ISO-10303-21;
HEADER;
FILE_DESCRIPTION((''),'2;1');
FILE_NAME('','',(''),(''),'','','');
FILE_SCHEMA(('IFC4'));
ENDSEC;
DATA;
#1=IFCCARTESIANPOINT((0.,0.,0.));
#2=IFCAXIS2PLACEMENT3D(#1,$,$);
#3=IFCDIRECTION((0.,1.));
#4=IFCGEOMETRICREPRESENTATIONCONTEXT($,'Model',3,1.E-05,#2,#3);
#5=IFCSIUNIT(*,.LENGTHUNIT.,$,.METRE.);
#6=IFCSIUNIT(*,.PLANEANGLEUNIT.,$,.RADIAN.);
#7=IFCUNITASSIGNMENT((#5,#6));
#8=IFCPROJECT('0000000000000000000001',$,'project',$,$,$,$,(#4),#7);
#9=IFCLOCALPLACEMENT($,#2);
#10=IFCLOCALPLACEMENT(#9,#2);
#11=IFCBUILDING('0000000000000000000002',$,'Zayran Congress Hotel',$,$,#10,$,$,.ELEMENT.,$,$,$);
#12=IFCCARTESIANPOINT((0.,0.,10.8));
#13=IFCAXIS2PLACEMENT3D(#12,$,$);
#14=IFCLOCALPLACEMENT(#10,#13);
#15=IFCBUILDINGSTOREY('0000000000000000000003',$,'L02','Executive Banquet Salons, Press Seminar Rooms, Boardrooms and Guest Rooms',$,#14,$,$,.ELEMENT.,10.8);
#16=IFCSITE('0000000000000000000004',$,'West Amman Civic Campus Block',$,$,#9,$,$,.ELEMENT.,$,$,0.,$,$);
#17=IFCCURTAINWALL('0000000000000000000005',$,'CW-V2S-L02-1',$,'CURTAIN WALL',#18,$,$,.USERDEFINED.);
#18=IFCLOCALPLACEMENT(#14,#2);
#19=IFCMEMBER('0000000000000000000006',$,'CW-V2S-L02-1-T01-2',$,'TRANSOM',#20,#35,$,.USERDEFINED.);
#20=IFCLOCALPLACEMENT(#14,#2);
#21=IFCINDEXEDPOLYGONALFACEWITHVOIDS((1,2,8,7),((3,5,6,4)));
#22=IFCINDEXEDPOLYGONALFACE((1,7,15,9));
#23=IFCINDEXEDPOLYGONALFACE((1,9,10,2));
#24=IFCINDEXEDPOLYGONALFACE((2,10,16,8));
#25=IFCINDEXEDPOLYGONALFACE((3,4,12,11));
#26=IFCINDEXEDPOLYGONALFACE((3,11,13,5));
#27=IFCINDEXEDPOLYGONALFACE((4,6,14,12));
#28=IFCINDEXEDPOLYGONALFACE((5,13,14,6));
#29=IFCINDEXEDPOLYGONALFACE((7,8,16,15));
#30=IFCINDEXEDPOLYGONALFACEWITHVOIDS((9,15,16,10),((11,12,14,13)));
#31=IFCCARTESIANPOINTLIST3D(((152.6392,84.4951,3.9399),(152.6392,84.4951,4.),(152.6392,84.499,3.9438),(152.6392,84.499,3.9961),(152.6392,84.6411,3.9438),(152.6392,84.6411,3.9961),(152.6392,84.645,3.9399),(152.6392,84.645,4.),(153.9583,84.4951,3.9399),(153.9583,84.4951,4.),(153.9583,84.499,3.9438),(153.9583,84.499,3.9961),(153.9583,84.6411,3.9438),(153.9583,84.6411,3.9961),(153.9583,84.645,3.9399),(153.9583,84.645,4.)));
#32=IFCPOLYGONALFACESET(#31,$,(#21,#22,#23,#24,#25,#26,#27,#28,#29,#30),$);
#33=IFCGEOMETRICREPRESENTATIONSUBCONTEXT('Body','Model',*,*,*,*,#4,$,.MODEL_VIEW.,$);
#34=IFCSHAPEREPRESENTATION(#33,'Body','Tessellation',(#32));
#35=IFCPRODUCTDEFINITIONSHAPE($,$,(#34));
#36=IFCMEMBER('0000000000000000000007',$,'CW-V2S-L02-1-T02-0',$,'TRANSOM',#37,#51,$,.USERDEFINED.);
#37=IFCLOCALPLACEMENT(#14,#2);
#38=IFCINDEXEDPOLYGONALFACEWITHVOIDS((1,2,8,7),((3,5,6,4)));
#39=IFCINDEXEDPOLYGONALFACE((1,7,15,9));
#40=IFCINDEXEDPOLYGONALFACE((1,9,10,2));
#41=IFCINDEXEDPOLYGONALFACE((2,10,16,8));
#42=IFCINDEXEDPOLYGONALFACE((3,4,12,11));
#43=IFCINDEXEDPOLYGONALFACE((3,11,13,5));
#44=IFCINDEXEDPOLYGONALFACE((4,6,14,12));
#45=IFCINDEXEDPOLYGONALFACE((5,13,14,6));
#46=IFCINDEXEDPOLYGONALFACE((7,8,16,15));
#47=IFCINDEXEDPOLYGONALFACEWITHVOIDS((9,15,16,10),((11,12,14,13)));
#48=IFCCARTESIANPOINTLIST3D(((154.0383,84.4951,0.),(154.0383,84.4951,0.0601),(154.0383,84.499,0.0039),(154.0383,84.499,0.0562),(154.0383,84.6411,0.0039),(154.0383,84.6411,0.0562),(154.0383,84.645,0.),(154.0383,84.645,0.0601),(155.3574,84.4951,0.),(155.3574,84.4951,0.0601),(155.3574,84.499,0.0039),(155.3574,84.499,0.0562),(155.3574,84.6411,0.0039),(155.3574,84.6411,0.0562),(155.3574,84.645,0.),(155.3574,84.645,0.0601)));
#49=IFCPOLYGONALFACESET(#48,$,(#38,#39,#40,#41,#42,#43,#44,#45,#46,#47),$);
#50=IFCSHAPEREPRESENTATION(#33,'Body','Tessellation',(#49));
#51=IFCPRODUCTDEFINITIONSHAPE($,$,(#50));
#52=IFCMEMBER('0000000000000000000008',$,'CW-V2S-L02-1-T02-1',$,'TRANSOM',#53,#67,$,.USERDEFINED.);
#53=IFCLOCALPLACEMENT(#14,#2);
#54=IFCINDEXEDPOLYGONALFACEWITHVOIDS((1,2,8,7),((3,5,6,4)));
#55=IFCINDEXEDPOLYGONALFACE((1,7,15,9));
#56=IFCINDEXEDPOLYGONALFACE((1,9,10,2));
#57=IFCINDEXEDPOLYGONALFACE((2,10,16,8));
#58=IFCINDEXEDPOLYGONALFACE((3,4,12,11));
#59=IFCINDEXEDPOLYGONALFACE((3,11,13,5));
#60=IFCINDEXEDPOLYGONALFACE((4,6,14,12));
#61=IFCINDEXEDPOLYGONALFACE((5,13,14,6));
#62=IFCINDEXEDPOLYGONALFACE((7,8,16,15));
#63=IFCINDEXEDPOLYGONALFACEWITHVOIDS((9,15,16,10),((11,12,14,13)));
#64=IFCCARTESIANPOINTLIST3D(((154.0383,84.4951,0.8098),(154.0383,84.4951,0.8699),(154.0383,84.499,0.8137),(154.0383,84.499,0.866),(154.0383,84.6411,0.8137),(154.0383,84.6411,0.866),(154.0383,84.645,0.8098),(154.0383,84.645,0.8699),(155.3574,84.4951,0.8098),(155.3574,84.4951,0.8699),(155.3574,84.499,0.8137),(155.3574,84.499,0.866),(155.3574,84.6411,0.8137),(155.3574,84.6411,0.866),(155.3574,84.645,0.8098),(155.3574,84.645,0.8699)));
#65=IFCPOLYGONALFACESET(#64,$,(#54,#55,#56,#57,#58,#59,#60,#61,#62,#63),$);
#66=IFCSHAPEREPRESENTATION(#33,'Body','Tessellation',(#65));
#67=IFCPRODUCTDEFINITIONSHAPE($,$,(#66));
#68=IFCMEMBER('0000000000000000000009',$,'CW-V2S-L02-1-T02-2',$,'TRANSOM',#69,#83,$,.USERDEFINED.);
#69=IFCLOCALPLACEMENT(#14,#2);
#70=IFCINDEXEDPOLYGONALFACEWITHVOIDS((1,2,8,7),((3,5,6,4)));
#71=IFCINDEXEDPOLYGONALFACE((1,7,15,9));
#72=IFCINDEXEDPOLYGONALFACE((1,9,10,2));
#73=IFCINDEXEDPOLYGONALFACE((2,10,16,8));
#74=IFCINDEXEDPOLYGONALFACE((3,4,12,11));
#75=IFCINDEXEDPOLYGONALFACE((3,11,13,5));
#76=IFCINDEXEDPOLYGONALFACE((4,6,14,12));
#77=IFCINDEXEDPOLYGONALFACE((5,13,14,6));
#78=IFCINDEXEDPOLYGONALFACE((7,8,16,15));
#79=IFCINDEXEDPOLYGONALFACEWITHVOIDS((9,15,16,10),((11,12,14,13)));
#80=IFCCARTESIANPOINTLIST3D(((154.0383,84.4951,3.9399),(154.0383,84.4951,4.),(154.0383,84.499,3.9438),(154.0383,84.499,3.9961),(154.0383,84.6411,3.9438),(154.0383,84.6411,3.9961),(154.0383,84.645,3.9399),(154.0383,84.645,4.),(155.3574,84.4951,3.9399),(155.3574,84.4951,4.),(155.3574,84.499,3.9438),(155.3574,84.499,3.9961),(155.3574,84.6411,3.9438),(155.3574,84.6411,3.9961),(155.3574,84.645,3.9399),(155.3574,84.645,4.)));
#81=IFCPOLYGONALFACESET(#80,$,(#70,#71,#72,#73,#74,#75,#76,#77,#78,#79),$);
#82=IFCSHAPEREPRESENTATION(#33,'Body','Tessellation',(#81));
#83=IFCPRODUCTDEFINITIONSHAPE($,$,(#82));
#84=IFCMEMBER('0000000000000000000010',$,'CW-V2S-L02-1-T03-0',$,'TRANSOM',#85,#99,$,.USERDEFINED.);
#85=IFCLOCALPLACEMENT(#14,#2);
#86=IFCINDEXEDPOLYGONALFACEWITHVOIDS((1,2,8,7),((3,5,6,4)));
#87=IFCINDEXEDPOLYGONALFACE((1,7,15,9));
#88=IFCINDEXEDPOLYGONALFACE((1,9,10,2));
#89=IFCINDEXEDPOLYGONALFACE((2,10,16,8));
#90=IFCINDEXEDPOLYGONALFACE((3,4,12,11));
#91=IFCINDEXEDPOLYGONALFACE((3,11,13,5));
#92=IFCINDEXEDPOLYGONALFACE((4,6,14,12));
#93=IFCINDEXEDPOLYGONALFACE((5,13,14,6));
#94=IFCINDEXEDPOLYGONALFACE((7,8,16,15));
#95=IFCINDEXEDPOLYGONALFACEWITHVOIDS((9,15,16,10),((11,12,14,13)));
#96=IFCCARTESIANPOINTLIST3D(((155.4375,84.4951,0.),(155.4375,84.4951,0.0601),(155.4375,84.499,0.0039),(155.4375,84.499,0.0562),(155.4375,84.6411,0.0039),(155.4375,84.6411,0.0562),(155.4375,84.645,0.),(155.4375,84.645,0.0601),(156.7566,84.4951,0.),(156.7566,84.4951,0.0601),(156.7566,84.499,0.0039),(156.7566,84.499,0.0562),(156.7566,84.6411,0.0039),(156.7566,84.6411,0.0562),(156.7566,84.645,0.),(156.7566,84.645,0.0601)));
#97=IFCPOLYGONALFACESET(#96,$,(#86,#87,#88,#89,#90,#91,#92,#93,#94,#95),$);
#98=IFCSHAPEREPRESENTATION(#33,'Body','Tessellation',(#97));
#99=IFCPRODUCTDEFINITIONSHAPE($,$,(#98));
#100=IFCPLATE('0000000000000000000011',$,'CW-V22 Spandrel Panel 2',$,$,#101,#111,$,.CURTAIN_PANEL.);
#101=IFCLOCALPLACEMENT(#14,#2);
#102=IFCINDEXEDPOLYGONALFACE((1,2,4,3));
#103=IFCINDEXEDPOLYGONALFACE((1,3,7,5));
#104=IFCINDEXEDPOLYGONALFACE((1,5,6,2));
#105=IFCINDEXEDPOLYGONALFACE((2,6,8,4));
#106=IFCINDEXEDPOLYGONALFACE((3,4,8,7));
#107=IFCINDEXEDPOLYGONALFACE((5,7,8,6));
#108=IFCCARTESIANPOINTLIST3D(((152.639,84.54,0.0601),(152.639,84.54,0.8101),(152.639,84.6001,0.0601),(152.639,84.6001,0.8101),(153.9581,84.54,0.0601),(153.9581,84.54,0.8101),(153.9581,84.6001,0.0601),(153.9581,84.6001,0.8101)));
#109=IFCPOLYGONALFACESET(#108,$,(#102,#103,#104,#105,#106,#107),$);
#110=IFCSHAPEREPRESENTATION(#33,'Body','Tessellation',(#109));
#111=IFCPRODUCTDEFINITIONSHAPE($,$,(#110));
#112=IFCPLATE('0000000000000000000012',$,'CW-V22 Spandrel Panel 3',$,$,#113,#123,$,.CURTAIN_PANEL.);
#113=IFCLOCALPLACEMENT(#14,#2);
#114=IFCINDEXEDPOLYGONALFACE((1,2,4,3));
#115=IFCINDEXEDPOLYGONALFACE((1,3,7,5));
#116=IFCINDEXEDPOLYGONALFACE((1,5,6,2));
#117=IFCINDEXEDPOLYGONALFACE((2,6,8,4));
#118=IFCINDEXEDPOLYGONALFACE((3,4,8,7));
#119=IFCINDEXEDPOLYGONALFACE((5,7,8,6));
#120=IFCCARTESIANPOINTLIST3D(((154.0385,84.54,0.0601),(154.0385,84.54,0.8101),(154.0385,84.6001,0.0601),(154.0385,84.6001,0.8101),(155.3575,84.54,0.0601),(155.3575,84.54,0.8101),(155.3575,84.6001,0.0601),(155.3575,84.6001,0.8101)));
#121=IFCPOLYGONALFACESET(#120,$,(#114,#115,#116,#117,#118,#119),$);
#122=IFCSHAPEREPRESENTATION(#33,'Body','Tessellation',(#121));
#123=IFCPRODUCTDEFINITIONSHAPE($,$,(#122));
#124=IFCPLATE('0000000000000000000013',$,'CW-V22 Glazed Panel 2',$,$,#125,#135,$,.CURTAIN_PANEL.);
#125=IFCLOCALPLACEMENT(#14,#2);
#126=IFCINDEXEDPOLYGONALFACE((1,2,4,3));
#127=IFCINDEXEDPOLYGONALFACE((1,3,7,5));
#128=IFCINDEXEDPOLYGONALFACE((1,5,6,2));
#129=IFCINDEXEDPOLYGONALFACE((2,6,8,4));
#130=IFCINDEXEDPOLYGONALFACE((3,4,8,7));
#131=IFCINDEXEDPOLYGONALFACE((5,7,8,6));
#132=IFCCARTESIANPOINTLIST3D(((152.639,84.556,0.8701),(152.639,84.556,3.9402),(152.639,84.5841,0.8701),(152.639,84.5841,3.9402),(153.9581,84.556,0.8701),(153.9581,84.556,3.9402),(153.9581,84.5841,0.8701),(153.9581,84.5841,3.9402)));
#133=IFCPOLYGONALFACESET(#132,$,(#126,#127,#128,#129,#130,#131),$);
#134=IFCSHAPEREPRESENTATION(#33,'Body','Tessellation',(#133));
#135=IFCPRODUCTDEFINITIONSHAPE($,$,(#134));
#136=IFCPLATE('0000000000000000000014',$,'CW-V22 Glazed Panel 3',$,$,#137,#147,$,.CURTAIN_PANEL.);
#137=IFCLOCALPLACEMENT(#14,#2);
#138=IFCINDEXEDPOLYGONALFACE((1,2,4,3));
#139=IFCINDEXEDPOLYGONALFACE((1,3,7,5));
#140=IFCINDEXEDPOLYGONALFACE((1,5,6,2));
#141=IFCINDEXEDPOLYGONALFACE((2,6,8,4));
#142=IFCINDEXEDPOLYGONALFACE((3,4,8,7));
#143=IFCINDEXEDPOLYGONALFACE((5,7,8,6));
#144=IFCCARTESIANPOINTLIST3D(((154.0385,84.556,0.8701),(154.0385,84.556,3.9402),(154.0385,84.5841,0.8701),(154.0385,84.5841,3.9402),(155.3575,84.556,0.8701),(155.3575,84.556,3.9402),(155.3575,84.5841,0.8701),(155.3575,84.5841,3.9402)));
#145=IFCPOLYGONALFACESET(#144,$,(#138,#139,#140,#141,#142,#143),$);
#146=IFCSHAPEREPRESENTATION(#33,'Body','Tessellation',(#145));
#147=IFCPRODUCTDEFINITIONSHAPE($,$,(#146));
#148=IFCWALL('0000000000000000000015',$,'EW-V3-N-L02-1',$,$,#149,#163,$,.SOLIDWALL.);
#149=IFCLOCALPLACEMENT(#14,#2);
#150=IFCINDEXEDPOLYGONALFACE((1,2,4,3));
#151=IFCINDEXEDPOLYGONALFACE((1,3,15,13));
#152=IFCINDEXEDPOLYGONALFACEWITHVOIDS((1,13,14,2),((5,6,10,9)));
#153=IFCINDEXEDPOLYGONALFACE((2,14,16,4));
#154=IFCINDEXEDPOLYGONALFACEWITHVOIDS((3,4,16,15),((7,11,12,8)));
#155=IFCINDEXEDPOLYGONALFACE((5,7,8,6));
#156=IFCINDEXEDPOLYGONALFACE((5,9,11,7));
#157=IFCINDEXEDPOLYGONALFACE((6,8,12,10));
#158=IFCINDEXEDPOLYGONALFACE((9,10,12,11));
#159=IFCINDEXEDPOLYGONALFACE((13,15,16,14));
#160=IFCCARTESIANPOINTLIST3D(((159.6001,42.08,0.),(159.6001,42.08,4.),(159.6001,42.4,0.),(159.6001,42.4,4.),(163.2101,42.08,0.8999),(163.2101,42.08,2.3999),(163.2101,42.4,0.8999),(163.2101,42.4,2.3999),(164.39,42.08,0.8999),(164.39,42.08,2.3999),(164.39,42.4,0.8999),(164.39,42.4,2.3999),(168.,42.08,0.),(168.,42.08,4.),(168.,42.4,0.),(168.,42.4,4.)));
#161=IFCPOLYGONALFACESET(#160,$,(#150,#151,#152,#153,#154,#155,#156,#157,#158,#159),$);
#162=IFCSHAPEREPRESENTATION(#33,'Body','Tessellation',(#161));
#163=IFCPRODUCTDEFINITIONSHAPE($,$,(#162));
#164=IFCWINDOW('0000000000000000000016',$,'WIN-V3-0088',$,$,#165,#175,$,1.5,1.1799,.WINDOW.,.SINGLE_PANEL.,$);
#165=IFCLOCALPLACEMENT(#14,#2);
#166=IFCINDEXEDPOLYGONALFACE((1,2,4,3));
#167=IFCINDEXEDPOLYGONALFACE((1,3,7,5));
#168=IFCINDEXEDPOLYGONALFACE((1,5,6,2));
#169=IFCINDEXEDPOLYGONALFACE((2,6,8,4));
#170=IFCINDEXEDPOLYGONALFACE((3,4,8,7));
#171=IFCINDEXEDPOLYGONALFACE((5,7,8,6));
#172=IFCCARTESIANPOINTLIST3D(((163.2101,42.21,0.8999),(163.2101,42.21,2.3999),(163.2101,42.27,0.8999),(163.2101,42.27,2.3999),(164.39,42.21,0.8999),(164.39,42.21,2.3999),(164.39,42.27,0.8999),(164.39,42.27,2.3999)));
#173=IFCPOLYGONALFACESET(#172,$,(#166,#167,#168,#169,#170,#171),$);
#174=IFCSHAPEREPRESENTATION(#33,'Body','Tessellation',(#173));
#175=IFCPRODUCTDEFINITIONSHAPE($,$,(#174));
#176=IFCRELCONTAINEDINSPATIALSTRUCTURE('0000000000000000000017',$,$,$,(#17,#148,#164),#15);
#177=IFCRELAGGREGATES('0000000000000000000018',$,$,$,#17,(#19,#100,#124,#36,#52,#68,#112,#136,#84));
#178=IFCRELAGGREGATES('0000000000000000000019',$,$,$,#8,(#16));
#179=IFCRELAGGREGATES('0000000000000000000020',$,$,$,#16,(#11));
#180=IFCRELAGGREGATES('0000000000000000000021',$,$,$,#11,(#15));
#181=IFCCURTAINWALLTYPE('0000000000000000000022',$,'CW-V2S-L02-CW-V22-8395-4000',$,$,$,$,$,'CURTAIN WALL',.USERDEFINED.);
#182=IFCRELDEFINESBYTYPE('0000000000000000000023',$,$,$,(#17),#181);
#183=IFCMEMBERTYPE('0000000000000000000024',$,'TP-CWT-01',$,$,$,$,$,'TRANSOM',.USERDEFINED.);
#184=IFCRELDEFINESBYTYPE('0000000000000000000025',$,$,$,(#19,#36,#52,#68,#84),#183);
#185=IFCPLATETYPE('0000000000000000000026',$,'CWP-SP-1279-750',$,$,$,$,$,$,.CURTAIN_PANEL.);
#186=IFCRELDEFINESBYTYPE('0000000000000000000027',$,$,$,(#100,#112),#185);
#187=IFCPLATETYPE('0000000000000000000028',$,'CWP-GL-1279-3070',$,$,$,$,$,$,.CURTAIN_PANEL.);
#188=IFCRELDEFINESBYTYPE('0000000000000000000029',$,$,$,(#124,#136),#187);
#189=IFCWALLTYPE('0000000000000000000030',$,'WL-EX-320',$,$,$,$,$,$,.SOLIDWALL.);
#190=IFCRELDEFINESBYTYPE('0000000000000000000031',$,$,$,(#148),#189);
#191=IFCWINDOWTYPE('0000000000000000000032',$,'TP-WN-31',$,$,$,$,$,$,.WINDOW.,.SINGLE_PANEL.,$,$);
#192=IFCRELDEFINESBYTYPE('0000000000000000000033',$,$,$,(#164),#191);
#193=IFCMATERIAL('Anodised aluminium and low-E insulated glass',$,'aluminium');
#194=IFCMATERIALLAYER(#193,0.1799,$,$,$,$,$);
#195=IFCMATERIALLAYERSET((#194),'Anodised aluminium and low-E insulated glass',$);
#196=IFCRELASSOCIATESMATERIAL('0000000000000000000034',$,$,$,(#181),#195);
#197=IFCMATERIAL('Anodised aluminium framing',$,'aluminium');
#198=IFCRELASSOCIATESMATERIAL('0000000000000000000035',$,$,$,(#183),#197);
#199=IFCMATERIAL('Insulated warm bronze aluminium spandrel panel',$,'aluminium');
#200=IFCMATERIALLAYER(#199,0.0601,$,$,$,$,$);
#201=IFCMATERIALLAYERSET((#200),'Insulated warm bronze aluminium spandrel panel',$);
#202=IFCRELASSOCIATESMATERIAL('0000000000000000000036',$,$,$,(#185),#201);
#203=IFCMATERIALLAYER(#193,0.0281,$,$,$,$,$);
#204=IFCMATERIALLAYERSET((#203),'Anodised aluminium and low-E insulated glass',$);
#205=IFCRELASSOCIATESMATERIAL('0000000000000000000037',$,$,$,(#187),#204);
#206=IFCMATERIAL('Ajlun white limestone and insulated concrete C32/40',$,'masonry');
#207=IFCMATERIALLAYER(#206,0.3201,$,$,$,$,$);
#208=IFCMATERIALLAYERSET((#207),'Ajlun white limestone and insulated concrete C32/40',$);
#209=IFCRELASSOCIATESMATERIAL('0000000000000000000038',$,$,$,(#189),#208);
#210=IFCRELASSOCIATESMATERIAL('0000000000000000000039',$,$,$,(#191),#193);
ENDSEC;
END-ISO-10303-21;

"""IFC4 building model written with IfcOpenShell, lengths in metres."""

from ifc_helpers import new_model, si_unit, direction, frame, frame_2d, origin, origin_2d, place, context, subcontext, project, spatial, rectangle, hollow_rectangle, extrude, material, layer, layer_set, material_profile, profile_set, type_object, element, fill, aggregate, save


model = new_model("IFC4")

# Units and contexts
model_context = context("Model", 3, precision=1e-05, world=origin(), true_north=direction((0.0, 1.0)))
body_context = subcontext(model_context, "Body", "Model", "MODEL_VIEW")
ifc_project = project(units=[si_unit("LENGTHUNIT", "METRE"), si_unit("PLANEANGLEUNIT", "RADIAN")], contexts=[model_context])

# Site, building, storey
site_placement = place(None, origin())
site = spatial("IfcSite", under=ifc_project, at=site_placement, Name="West Amman Civic Campus Block", CompositionType="ELEMENT", RefElevation=0.0)
building_placement = place(site_placement, origin())
building = spatial("IfcBuilding", under=site, at=building_placement, Name="Zayran Congress Hotel", CompositionType="ELEMENT")
storey_placement = place(building_placement, frame((0.0, 0.0, 10.8)))
storey = spatial("IfcBuildingStorey", under=building, at=storey_placement, Name="L02", Description="Executive Banquet Salons, Press Seminar Rooms, Boardrooms and Guest Rooms", CompositionType="ELEMENT", Elevation=10.8)

# Curtain wall, members, plates
ifc_material_1 = material(Name="Anodised aluminium and low-E insulated glass", Category="aluminium")
ifc_layer_1 = layer(ifc_material_1, 0.1799)
ifc_layer_set_1 = layer_set([ifc_layer_1], Name="Anodised aluminium and low-E insulated glass")
curtain_wall_type = type_object("IfcCurtainWallType", Name="CW-V2S-L02-CW-V22-8395-4000", ElementType="CURTAIN WALL", PredefinedType="USERDEFINED", material=ifc_layer_set_1)
curtain_wall_placement = place(storey_placement, origin())
curtain_wall = element("IfcCurtainWall", 1, at=curtain_wall_placement, inside=storey, type_object=curtain_wall_type, Name="CW-V2S-L02-1", ObjectType="CURTAIN WALL", PredefinedType="USERDEFINED")
ifc_material_2 = material(Name="Anodised aluminium framing", Category="aluminium")
ifc_material_profile_1 = material_profile(ifc_material_2, hollow_rectangle(XDim=0.0601, YDim=0.1499, WallThickness=0.0039, at=origin_2d()), Name="RHS 150x60x4")
ifc_profile_set_1 = profile_set([ifc_material_profile_1], Name="Anodised aluminium framing")
member_type_1 = type_object("IfcMemberType", Name="TP-CWT-01", ElementType="TRANSOM", PredefinedType="USERDEFINED", material=ifc_profile_set_1)
member_1_placement = place(storey_placement, frame((152.6392, 84.5701, 3.97), z_axis=(1.0, 0.0, 0.0), x_axis=(0.0, 0.0, 1.0)))
member_1 = element("IfcMember", 2, at=member_1_placement, type_object=member_type_1, Name="CW-V2S-L02-1-T01-2", ObjectType="TRANSOM", PredefinedType="USERDEFINED", context=body_context, shape_type="SweptSolid", body=[
    extrude(hollow_rectangle(XDim=0.0601, YDim=0.1499, WallThickness=0.0039, at=origin_2d()), origin(), (0.0, 0.0, 1.0), 1.3191),
])
member_2_placement = place(storey_placement, frame((154.0383, 84.5701, 0.03), z_axis=(1.0, 0.0, 0.0), x_axis=(0.0, 0.0, 1.0)))
member_2 = element("IfcMember", 3, at=member_2_placement, type_object=member_type_1, Name="CW-V2S-L02-1-T02-0", ObjectType="TRANSOM", PredefinedType="USERDEFINED", context=body_context, shape_type="SweptSolid", body=[
    extrude(hollow_rectangle(XDim=0.0601, YDim=0.1499, WallThickness=0.0039, at=origin_2d()), origin(), (0.0, 0.0, 1.0), 1.3191),
])
member_3_placement = place(storey_placement, frame((154.0383, 84.5701, 0.8398), z_axis=(1.0, 0.0, 0.0), x_axis=(0.0, 0.0, 1.0)))
member_3 = element("IfcMember", 4, at=member_3_placement, type_object=member_type_1, Name="CW-V2S-L02-1-T02-1", ObjectType="TRANSOM", PredefinedType="USERDEFINED", context=body_context, shape_type="SweptSolid", body=[
    extrude(hollow_rectangle(XDim=0.0601, YDim=0.1499, WallThickness=0.0039, at=origin_2d()), origin(), (0.0, 0.0, 1.0), 1.3191),
])
member_4_placement = place(storey_placement, frame((154.0383, 84.5701, 3.97), z_axis=(1.0, 0.0, 0.0), x_axis=(0.0, 0.0, 1.0)))
member_4 = element("IfcMember", 5, at=member_4_placement, type_object=member_type_1, Name="CW-V2S-L02-1-T02-2", ObjectType="TRANSOM", PredefinedType="USERDEFINED", context=body_context, shape_type="SweptSolid", body=[
    extrude(hollow_rectangle(XDim=0.0601, YDim=0.1499, WallThickness=0.0039, at=origin_2d()), origin(), (0.0, 0.0, 1.0), 1.3191),
])
member_5_placement = place(storey_placement, frame((155.4375, 84.5701, 0.03), z_axis=(1.0, 0.0, 0.0), x_axis=(0.0, 0.0, 1.0)))
member_5 = element("IfcMember", 6, at=member_5_placement, type_object=member_type_1, Name="CW-V2S-L02-1-T03-0", ObjectType="TRANSOM", PredefinedType="USERDEFINED", context=body_context, shape_type="SweptSolid", body=[
    extrude(hollow_rectangle(XDim=0.0601, YDim=0.1499, WallThickness=0.0039, at=origin_2d()), origin(), (0.0, 0.0, 1.0), 1.3191),
])
ifc_material_3 = material(Name="Insulated warm bronze aluminium spandrel panel", Category="aluminium")
ifc_layer_2 = layer(ifc_material_3, 0.0601)
ifc_layer_set_2 = layer_set([ifc_layer_2], Name="Insulated warm bronze aluminium spandrel panel")
plate_type_1 = type_object("IfcPlateType", Name="CWP-SP-1279-750", PredefinedType="CURTAIN_PANEL", material=ifc_layer_set_2)
plate_1_placement = place(storey_placement, frame((153.2986, 84.5701, 0.0601), z_axis=(0.0, 0.0, 1.0), x_axis=(1.0, 0.0, 0.0)))
plate_1 = element("IfcPlate", 7, at=plate_1_placement, type_object=plate_type_1, Name="CW-V22 Spandrel Panel 2", PredefinedType="CURTAIN_PANEL", context=body_context, shape_type="SweptSolid", body=[
    extrude(rectangle(XDim=1.3191, YDim=0.0601, at=origin_2d()), origin(), (0.0, 0.0, 1.0), 0.75),
])
plate_2_placement = place(storey_placement, frame((154.698, 84.5701, 0.0601), z_axis=(0.0, 0.0, 1.0), x_axis=(1.0, 0.0, 0.0)))
plate_2 = element("IfcPlate", 8, at=plate_2_placement, type_object=plate_type_1, Name="CW-V22 Spandrel Panel 3", PredefinedType="CURTAIN_PANEL", context=body_context, shape_type="SweptSolid", body=[
    extrude(rectangle(XDim=1.3191, YDim=0.0601, at=origin_2d()), origin(), (0.0, 0.0, 1.0), 0.75),
])
ifc_layer_3 = layer(ifc_material_1, 0.0281)
ifc_layer_set_3 = layer_set([ifc_layer_3], Name="Anodised aluminium and low-E insulated glass")
plate_type_2 = type_object("IfcPlateType", Name="CWP-GL-1279-3070", PredefinedType="CURTAIN_PANEL", material=ifc_layer_set_3)
plate_3_placement = place(storey_placement, frame((153.2986, 84.5701, 0.8701), z_axis=(0.0, 0.0, 1.0), x_axis=(1.0, 0.0, 0.0)))
plate_3 = element("IfcPlate", 9, at=plate_3_placement, type_object=plate_type_2, Name="CW-V22 Glazed Panel 2", PredefinedType="CURTAIN_PANEL", context=body_context, shape_type="SweptSolid", body=[
    extrude(rectangle(XDim=1.3191, YDim=0.0281, at=origin_2d()), origin(), (0.0, 0.0, 1.0), 3.0701),
])
plate_4_placement = place(storey_placement, frame((154.698, 84.5701, 0.8701), z_axis=(0.0, 0.0, 1.0), x_axis=(1.0, 0.0, 0.0)))
plate_4 = element("IfcPlate", 10, at=plate_4_placement, type_object=plate_type_2, Name="CW-V22 Glazed Panel 3", PredefinedType="CURTAIN_PANEL", context=body_context, shape_type="SweptSolid", body=[
    extrude(rectangle(XDim=1.3191, YDim=0.0281, at=origin_2d()), origin(), (0.0, 0.0, 1.0), 3.0701),
])
aggregate(curtain_wall, [member_1, plate_1, plate_3, member_2, member_3, member_4, plate_2, plate_4, member_5])

# Wall, opening, window
ifc_material_4 = material(Name="Ajlun white limestone and insulated concrete C32/40", Category="masonry")
ifc_layer_4 = layer(ifc_material_4, 0.3201)
ifc_layer_set_4 = layer_set([ifc_layer_4], Name="Ajlun white limestone and insulated concrete C32/40")
wall_type = type_object("IfcWallType", Name="WL-EX-320", PredefinedType="SOLIDWALL", material=ifc_layer_set_4)
wall_1_placement = place(storey_placement, frame((159.6001, 42.24, 0.0), z_axis=(0.0, 0.0, 1.0), x_axis=(1.0, 0.0, 0.0)))
wall_1 = element("IfcWall", 11, at=wall_1_placement, inside=storey, type_object=wall_type, Name="EW-V3-N-L02-1", PredefinedType="SOLIDWALL", context=body_context, shape_type="SweptSolid", body=[
    extrude(rectangle(XDim=8.3999, YDim=0.3201, at=frame_2d((4.2, 0.0))), origin(), (0.0, 0.0, 1.0), 4.0),
])
opening_1_placement = place(wall_1_placement, frame((3.6101, 0.0, 0.8999)))
opening_1 = element("IfcOpeningElement", 12, at=opening_1_placement, cuts=wall_1, PredefinedType="OPENING", context=body_context, shape_type="SweptSolid", body=[
    extrude(rectangle(XDim=1.1799, YDim=1.5, at=frame_2d((0.5898, 0.75))), frame((0.0, 0.1699, 0.0), z_axis=(0.0, -1.0, 0.0), x_axis=(1.0, 0.0, 0.0)), (0.0, 0.0, 1.0), 0.3401),
])
window_type_1 = type_object("IfcWindowType", Name="TP-WN-31", PartitioningType="SINGLE_PANEL", PredefinedType="WINDOW", material=ifc_material_1)
window_1_placement = place(opening_1_placement, origin())
window_1 = element("IfcWindow", 13, at=window_1_placement, inside=storey, type_object=window_type_1, Name="WIN-V3-0088", OverallHeight=1.5, OverallWidth=1.1799, PartitioningType="SINGLE_PANEL", PredefinedType="WINDOW", context=body_context, shape_type="SweptSolid", body=[
    extrude(rectangle(XDim=1.1799, YDim=1.5, at=frame_2d((0.5898, 0.75))), frame((0.0, 0.03, 0.0), z_axis=(0.0, -1.0, 0.0), x_axis=(1.0, 0.0, 0.0)), (0.0, 0.0, 1.0), 0.0601),
])
fill(opening_1, window_1)

save(model, "model.ifc")
